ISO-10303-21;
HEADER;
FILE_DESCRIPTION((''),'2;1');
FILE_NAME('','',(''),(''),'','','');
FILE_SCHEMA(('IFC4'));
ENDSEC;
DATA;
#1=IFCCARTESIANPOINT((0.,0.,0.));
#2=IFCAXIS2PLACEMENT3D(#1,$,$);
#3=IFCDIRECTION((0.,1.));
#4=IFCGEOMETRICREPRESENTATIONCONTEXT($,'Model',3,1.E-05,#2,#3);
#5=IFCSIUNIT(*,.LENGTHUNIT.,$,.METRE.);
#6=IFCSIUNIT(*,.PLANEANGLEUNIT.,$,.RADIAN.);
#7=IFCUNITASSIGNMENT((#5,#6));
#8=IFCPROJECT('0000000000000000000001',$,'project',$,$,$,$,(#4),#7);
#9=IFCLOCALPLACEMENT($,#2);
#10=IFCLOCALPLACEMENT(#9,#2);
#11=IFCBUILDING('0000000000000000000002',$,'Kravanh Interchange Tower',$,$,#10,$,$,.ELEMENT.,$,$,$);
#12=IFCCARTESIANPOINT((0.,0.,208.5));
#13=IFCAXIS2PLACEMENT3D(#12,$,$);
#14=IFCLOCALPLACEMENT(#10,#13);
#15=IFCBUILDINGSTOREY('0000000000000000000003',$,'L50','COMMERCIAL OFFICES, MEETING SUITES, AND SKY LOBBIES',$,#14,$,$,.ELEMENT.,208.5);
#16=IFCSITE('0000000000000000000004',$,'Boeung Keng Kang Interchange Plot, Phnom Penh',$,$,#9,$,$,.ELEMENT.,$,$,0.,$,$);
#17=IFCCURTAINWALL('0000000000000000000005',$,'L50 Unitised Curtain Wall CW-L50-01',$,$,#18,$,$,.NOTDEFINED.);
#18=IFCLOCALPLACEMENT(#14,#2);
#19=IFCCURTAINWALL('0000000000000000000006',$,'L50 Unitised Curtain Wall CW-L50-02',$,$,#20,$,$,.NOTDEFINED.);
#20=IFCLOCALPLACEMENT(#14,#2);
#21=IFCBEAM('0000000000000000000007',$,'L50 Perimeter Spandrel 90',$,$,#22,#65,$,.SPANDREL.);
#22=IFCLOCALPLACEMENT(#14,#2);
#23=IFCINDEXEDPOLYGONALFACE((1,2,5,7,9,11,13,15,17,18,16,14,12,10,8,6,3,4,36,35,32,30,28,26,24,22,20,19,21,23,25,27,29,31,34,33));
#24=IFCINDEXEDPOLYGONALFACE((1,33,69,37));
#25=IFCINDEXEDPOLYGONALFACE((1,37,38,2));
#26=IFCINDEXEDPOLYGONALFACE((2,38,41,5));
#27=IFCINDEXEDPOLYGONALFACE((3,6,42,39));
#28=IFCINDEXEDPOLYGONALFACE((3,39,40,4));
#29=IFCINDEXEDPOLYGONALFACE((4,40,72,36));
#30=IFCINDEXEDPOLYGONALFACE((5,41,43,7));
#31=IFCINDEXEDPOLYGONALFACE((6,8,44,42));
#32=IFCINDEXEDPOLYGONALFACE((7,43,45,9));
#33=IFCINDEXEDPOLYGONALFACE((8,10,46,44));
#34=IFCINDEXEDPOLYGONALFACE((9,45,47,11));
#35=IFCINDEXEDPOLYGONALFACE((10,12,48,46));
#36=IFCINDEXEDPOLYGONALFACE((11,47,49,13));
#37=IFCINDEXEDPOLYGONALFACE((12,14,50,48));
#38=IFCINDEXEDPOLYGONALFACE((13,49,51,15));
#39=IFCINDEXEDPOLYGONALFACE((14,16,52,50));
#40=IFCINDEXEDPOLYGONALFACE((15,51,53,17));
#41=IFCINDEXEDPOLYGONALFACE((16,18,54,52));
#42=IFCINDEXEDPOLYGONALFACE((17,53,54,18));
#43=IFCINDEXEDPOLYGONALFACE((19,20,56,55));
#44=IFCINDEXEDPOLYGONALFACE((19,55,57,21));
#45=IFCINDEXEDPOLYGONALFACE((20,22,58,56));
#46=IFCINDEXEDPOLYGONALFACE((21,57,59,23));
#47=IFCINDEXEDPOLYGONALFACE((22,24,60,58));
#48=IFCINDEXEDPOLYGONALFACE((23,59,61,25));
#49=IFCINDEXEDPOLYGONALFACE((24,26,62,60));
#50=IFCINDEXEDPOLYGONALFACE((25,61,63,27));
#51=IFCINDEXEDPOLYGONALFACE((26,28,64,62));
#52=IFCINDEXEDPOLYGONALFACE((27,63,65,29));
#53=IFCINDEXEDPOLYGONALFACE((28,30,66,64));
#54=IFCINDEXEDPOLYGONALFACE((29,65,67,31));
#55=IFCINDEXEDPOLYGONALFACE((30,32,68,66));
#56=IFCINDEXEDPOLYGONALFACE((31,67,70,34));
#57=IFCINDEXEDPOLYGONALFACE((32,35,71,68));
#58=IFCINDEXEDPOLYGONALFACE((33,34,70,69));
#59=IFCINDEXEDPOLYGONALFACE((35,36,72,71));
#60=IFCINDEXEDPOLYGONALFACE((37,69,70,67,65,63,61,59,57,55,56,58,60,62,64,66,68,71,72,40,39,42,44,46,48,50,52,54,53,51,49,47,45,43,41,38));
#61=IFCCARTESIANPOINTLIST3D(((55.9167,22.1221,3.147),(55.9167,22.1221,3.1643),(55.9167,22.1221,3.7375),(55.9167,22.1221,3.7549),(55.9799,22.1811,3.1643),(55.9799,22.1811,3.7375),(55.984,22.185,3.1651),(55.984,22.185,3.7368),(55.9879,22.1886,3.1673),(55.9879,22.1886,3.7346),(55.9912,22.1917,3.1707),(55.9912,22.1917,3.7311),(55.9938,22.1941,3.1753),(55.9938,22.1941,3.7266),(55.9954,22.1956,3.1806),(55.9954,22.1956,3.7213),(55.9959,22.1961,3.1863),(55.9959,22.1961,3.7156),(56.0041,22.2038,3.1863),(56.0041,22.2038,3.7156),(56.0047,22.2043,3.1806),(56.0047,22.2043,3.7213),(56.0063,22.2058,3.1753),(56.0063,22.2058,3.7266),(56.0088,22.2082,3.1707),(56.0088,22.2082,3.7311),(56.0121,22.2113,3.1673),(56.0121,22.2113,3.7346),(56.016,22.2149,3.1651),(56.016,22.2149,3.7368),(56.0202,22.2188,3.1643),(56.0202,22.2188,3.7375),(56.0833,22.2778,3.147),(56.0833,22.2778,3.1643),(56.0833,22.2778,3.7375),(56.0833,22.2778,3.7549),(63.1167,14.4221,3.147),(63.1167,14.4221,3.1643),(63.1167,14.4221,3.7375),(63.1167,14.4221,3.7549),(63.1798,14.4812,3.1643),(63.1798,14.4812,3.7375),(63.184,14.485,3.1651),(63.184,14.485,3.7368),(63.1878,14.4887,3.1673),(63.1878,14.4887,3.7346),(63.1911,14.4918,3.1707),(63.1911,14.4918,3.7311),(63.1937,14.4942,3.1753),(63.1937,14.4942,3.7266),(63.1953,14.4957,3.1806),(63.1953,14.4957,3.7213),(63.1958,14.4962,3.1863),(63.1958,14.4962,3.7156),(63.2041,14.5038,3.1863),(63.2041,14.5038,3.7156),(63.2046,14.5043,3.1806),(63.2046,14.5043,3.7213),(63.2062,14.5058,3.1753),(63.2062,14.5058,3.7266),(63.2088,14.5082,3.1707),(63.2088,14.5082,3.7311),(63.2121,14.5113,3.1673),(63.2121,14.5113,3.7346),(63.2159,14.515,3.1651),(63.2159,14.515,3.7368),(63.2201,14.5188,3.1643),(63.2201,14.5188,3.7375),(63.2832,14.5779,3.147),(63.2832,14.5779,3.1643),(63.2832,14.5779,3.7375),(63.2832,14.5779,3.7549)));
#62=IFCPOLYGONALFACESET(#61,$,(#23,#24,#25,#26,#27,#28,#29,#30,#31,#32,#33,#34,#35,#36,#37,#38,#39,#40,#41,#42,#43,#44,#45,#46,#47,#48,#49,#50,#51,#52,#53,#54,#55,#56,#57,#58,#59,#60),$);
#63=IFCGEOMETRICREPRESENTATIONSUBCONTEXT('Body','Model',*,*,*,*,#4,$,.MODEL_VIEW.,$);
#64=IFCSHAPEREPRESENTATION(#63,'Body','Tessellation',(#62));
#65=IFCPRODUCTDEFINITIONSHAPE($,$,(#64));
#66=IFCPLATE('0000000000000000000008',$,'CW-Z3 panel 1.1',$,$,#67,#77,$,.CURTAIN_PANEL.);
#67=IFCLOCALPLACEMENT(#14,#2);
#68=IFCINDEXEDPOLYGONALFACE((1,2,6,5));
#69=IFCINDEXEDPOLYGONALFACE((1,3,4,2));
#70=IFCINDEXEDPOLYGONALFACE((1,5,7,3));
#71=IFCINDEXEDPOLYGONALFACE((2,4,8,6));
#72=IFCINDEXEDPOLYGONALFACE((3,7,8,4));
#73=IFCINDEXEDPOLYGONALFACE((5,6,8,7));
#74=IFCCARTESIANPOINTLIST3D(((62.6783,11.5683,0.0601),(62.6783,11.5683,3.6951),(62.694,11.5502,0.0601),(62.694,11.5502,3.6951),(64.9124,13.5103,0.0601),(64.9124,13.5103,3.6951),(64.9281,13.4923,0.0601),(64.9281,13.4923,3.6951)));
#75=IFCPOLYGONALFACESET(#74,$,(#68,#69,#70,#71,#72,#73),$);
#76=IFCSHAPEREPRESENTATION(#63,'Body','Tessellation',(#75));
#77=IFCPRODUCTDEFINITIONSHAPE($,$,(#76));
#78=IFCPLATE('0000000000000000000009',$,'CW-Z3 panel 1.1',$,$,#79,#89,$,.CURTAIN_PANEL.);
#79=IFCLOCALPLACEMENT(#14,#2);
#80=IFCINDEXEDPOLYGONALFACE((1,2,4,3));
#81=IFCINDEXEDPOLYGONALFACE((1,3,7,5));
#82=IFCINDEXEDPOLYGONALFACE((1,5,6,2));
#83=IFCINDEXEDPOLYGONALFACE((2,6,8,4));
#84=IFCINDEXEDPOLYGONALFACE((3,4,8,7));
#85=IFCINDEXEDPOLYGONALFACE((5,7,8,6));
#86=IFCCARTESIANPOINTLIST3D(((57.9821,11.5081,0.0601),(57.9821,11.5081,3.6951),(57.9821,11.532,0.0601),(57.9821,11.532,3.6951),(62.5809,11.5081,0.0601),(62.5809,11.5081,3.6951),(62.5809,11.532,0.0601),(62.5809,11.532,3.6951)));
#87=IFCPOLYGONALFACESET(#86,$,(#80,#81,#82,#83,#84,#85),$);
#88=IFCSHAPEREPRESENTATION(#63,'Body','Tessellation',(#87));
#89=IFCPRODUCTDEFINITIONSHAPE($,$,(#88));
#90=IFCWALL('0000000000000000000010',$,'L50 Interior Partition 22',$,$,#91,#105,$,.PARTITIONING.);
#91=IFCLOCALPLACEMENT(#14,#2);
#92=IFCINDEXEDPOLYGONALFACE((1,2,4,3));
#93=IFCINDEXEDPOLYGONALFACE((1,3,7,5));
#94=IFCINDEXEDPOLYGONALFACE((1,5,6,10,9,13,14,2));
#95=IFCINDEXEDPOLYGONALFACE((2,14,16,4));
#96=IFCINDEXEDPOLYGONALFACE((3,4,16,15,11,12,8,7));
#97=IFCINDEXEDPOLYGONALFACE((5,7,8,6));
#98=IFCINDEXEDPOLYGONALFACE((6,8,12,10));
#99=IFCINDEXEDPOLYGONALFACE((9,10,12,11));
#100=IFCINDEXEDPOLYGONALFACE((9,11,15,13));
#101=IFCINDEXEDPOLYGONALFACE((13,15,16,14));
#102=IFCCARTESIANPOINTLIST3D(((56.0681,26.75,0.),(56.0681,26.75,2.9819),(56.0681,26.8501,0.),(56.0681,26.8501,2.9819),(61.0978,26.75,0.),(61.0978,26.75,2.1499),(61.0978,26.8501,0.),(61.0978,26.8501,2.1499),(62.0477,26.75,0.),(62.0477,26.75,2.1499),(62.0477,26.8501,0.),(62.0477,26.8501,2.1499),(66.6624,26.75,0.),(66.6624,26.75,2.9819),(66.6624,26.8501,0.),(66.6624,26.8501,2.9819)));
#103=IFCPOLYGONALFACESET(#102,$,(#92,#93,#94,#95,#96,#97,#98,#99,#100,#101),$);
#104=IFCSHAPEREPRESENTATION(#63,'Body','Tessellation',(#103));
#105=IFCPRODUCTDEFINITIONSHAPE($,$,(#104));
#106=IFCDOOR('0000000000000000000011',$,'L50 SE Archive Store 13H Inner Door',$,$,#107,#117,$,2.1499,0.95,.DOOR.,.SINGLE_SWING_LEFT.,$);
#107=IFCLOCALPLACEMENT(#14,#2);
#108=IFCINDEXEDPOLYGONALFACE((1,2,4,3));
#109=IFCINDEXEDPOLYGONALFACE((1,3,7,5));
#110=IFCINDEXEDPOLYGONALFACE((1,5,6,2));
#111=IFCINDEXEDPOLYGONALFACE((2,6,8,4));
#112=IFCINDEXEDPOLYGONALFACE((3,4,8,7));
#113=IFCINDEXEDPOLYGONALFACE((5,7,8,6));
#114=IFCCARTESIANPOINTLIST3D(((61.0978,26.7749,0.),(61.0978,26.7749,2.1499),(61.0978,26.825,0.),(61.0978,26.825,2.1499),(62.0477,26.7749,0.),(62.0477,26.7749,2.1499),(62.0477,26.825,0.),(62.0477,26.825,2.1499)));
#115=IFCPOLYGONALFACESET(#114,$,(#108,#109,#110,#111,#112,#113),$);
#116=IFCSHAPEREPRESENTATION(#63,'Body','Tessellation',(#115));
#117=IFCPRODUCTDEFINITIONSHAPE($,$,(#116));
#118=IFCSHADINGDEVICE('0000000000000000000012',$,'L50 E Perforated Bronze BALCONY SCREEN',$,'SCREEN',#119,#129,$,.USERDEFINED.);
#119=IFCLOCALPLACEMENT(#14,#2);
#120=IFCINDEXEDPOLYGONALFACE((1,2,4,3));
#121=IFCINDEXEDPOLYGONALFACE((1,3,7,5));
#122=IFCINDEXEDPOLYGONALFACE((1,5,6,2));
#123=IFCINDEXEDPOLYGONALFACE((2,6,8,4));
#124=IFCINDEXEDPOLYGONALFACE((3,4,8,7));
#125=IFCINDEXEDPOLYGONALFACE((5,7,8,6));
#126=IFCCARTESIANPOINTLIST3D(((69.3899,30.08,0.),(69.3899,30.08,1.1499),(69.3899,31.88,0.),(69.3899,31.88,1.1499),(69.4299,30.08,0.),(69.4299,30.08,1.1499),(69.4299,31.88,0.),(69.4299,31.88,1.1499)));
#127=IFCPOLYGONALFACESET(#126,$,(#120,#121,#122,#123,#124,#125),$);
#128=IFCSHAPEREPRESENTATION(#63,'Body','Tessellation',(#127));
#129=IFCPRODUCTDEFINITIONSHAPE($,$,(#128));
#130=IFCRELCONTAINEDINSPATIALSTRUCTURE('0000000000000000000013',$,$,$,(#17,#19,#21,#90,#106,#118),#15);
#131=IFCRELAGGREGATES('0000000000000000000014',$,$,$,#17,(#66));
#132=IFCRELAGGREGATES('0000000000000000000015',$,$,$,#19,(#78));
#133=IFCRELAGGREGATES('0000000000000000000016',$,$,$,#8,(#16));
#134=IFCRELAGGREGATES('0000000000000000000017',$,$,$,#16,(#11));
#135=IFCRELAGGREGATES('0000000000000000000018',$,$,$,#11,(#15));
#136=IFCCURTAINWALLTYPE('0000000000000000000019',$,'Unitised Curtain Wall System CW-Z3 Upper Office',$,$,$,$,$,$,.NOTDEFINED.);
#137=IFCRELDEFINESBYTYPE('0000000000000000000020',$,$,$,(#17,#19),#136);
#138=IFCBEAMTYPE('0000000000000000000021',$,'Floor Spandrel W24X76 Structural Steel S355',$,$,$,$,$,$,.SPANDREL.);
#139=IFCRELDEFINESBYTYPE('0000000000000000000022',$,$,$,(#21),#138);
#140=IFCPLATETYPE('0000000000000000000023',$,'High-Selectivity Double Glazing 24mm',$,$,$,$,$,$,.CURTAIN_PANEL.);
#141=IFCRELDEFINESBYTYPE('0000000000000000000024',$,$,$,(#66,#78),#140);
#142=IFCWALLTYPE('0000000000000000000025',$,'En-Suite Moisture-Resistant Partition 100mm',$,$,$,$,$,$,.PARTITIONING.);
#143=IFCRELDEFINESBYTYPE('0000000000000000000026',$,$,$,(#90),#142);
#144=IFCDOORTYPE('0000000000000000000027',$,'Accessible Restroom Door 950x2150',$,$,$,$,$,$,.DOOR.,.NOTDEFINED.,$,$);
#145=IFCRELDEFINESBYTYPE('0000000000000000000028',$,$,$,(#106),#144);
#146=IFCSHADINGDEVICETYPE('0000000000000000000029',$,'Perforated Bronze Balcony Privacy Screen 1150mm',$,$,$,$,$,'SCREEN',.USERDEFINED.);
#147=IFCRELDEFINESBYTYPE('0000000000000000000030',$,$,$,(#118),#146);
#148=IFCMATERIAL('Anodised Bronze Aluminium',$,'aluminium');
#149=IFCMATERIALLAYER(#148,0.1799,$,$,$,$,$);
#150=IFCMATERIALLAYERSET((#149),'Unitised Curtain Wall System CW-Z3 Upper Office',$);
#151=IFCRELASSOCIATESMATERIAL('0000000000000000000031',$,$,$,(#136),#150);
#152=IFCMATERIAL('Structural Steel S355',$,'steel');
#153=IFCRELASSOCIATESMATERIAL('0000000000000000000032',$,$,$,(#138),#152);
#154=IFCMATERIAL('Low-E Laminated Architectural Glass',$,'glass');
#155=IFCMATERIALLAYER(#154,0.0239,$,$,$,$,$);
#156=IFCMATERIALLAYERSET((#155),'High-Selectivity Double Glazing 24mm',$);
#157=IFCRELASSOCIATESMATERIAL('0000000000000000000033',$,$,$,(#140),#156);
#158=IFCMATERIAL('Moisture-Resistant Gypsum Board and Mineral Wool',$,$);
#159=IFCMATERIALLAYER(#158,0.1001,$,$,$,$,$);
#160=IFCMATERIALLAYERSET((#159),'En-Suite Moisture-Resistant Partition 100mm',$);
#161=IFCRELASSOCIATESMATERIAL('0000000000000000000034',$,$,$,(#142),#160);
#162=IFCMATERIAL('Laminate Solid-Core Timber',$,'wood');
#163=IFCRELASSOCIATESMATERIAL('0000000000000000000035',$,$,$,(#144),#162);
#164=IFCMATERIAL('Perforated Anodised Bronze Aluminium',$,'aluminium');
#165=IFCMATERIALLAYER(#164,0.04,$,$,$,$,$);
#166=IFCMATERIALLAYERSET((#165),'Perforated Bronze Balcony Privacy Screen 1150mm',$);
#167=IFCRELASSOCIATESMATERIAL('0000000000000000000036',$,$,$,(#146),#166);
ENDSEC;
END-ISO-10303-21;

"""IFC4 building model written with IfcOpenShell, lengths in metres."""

from ifc_helpers import new_model, si_unit, direction, frame, frame_2d, origin, origin_2d, place, context, subcontext, project, spatial, rectangle, i_section, extrude, material, layer, layer_set, material_profile, profile_set, type_object, element, fill, aggregate, save


model = new_model("IFC4")

# Units and contexts
model_context = context("Model", 3, precision=1e-05, world=origin(), true_north=direction((0.0, 1.0)))
body_context = subcontext(model_context, "Body", "Model", "MODEL_VIEW")
ifc_project = project(units=[si_unit("LENGTHUNIT", "METRE"), si_unit("PLANEANGLEUNIT", "RADIAN")], contexts=[model_context])

# Site, building, storey
site_placement = place(None, origin())
site = spatial("IfcSite", under=ifc_project, at=site_placement, Name="Boeung Keng Kang Interchange Plot, Phnom Penh", CompositionType="ELEMENT", RefElevation=0.0)
building_placement = place(site_placement, origin())
building = spatial("IfcBuilding", under=site, at=building_placement, Name="Kravanh Interchange Tower", CompositionType="ELEMENT")
storey_placement = place(building_placement, frame((0.0, 0.0, 208.5)))
storey = spatial("IfcBuildingStorey", under=building, at=storey_placement, Name="L50", Description="COMMERCIAL OFFICES, MEETING SUITES, AND SKY LOBBIES", CompositionType="ELEMENT", Elevation=208.5)

# Curtain walls
ifc_material_1 = material(Name="Anodised Bronze Aluminium", Category="aluminium")
ifc_layer_1 = layer(ifc_material_1, 0.1799)
ifc_layer_set_1 = layer_set([ifc_layer_1], Name="Unitised Curtain Wall System CW-Z3 Upper Office")
curtain_wall_type = type_object("IfcCurtainWallType", Name="Unitised Curtain Wall System CW-Z3 Upper Office", PredefinedType="NOTDEFINED", material=ifc_layer_set_1)
curtain_wall_1_placement = place(storey_placement, origin())
curtain_wall_1 = element("IfcCurtainWall", 1, at=curtain_wall_1_placement, inside=storey, type_object=curtain_wall_type, Name="L50 Unitised Curtain Wall CW-L50-01", PredefinedType="NOTDEFINED")
curtain_wall_2_placement = place(storey_placement, origin())
curtain_wall_2 = element("IfcCurtainWall", 2, at=curtain_wall_2_placement, inside=storey, type_object=curtain_wall_type, Name="L50 Unitised Curtain Wall CW-L50-02", PredefinedType="NOTDEFINED")

# Beam
ifc_material_2 = material(Name="Structural Steel S355", Category="steel")
ifc_material_profile_1 = material_profile(ifc_material_2, i_section(OverallWidth=0.228, OverallDepth=0.6079, WebThickness=0.0112, FlangeThickness=0.0173, FilletRadius=0.022, at=origin_2d()), Name="W24X76")
ifc_profile_set_1 = profile_set([ifc_material_profile_1], Name="Structural Steel S355")
beam_type_1 = type_object("IfcBeamType", Name="Floor Spandrel W24X76 Structural Steel S355", PredefinedType="SPANDREL", material=ifc_profile_set_1)
beam_1_placement = place(storey_placement, frame((63.2, 14.5, 3.4509), z_axis=(-0.682994, 0.730424, 0.0), x_axis=(-0.730424, -0.682994, 0.0)))
element("IfcBeam", 3, at=beam_1_placement, inside=storey, type_object=beam_type_1, Name="L50 Perimeter Spandrel 90", PredefinedType="SPANDREL", context=body_context, shape_type="SweptSolid", body=[
    extrude(i_section(OverallWidth=0.228, OverallDepth=0.6079, WebThickness=0.0112, FlangeThickness=0.0173, FilletRadius=0.022, at=origin_2d()), origin(), (0.0, 0.0, 1.0), 10.5417),
])

# Plates
ifc_material_3 = material(Name="Low-E Laminated Architectural Glass", Category="glass")
ifc_layer_2 = layer(ifc_material_3, 0.0239)
ifc_layer_set_2 = layer_set([ifc_layer_2], Name="High-Selectivity Double Glazing 24mm")
plate_type = type_object("IfcPlateType", Name="High-Selectivity Double Glazing 24mm", PredefinedType="CURTAIN_PANEL", material=ifc_layer_set_2)
plate_1_placement = place(storey_placement, frame((63.8032, 12.5303, 0.0601), z_axis=(0.0, 0.0, 1.0), x_axis=(-0.754717, -0.656051, 0.0)))
plate_1 = element("IfcPlate", 4, at=plate_1_placement, type_object=plate_type, Name="CW-Z3 panel 1.1", PredefinedType="CURTAIN_PANEL", context=body_context, shape_type="SweptSolid", body=[
    extrude(rectangle(XDim=2.9602, YDim=0.0239, at=origin_2d()), origin(), (0.0, 0.0, 1.0), 3.635),
])
aggregate(curtain_wall_1, [plate_1])
plate_2_placement = place(storey_placement, frame((60.2815, 11.52, 0.0601), z_axis=(0.0, 0.0, 1.0), x_axis=(-1.0, 0.0, 0.0)))
plate_2 = element("IfcPlate", 5, at=plate_2_placement, type_object=plate_type, Name="CW-Z3 panel 1.1", PredefinedType="CURTAIN_PANEL", context=body_context, shape_type="SweptSolid", body=[
    extrude(rectangle(XDim=4.5989, YDim=0.0239, at=origin_2d()), origin(), (0.0, 0.0, 1.0), 3.635),
])
aggregate(curtain_wall_2, [plate_2])

# Wall, opening, door
ifc_material_4 = material(Name="Moisture-Resistant Gypsum Board and Mineral Wool")
ifc_layer_3 = layer(ifc_material_4, 0.1001)
ifc_layer_set_3 = layer_set([ifc_layer_3], Name="En-Suite Moisture-Resistant Partition 100mm")
wall_type = type_object("IfcWallType", Name="En-Suite Moisture-Resistant Partition 100mm", PredefinedType="PARTITIONING", material=ifc_layer_set_3)
wall_placement = place(storey_placement, frame((56.0681, 26.8, 0.0), z_axis=(0.0, 0.0, 1.0), x_axis=(1.0, 0.0, 0.0)))
wall = element("IfcWall", 6, at=wall_placement, inside=storey, type_object=wall_type, Name="L50 Interior Partition 22", PredefinedType="PARTITIONING", context=body_context, shape_type="SweptSolid", body=[
    extrude(rectangle(XDim=10.5942, YDim=0.1001, at=frame_2d((5.2971, 0.0))), origin(), (0.0, 0.0, 1.0), 2.9819),
])
opening_placement = place(wall_placement, frame((5.0295, 0.0, 0.0)))
opening = element("IfcOpeningElement", 7, at=opening_placement, cuts=wall, PredefinedType="OPENING", context=body_context, shape_type="SweptSolid", body=[
    extrude(rectangle(XDim=0.95, YDim=2.1499, at=frame_2d((0.4751, 1.075))), frame((0.0, 0.0601, 0.0), z_axis=(0.0, -1.0, 0.0), x_axis=(1.0, 0.0, 0.0)), (0.0, 0.0, 1.0), 0.1201),
])
ifc_material_5 = material(Name="Laminate Solid-Core Timber", Category="wood")
door_type = type_object("IfcDoorType", Name="Accessible Restroom Door 950x2150", OperationType="NOTDEFINED", PredefinedType="DOOR", material=ifc_material_5)
door_placement = place(opening_placement, origin())
door = element("IfcDoor", 8, at=door_placement, inside=storey, type_object=door_type, Name="L50 SE Archive Store 13H Inner Door", OperationType="SINGLE_SWING_LEFT", OverallHeight=2.1499, OverallWidth=0.95, PredefinedType="DOOR", context=body_context, shape_type="SweptSolid", body=[
    extrude(rectangle(XDim=0.95, YDim=2.1499, at=frame_2d((0.4751, 1.075))), frame((0.0, 0.0249, 0.0), z_axis=(0.0, -1.0, 0.0), x_axis=(1.0, 0.0, 0.0)), (0.0, 0.0, 1.0), 0.05),
])
fill(opening, door)

# Shading device
ifc_material_6 = material(Name="Perforated Anodised Bronze Aluminium", Category="aluminium")
ifc_layer_4 = layer(ifc_material_6, 0.04)
ifc_layer_set_4 = layer_set([ifc_layer_4], Name="Perforated Bronze Balcony Privacy Screen 1150mm")
shading_device_type = type_object("IfcShadingDeviceType", Name="Perforated Bronze Balcony Privacy Screen 1150mm", ElementType="SCREEN", PredefinedType="USERDEFINED", material=ifc_layer_set_4)
shading_device_placement = place(storey_placement, frame((69.4099, 30.98, 0.0), z_axis=(0.0, 0.0, 1.0), x_axis=(1.0, 0.0, 0.0)))
element("IfcShadingDevice", 9, at=shading_device_placement, inside=storey, type_object=shading_device_type, Name="L50 E Perforated Bronze BALCONY SCREEN", ObjectType="SCREEN", PredefinedType="USERDEFINED", context=body_context, shape_type="SweptSolid", body=[
    extrude(rectangle(XDim=0.04, YDim=1.8, at=origin_2d()), origin(), (0.0, 0.0, 1.0), 1.1499),
])

save(model, "model.ifc")
